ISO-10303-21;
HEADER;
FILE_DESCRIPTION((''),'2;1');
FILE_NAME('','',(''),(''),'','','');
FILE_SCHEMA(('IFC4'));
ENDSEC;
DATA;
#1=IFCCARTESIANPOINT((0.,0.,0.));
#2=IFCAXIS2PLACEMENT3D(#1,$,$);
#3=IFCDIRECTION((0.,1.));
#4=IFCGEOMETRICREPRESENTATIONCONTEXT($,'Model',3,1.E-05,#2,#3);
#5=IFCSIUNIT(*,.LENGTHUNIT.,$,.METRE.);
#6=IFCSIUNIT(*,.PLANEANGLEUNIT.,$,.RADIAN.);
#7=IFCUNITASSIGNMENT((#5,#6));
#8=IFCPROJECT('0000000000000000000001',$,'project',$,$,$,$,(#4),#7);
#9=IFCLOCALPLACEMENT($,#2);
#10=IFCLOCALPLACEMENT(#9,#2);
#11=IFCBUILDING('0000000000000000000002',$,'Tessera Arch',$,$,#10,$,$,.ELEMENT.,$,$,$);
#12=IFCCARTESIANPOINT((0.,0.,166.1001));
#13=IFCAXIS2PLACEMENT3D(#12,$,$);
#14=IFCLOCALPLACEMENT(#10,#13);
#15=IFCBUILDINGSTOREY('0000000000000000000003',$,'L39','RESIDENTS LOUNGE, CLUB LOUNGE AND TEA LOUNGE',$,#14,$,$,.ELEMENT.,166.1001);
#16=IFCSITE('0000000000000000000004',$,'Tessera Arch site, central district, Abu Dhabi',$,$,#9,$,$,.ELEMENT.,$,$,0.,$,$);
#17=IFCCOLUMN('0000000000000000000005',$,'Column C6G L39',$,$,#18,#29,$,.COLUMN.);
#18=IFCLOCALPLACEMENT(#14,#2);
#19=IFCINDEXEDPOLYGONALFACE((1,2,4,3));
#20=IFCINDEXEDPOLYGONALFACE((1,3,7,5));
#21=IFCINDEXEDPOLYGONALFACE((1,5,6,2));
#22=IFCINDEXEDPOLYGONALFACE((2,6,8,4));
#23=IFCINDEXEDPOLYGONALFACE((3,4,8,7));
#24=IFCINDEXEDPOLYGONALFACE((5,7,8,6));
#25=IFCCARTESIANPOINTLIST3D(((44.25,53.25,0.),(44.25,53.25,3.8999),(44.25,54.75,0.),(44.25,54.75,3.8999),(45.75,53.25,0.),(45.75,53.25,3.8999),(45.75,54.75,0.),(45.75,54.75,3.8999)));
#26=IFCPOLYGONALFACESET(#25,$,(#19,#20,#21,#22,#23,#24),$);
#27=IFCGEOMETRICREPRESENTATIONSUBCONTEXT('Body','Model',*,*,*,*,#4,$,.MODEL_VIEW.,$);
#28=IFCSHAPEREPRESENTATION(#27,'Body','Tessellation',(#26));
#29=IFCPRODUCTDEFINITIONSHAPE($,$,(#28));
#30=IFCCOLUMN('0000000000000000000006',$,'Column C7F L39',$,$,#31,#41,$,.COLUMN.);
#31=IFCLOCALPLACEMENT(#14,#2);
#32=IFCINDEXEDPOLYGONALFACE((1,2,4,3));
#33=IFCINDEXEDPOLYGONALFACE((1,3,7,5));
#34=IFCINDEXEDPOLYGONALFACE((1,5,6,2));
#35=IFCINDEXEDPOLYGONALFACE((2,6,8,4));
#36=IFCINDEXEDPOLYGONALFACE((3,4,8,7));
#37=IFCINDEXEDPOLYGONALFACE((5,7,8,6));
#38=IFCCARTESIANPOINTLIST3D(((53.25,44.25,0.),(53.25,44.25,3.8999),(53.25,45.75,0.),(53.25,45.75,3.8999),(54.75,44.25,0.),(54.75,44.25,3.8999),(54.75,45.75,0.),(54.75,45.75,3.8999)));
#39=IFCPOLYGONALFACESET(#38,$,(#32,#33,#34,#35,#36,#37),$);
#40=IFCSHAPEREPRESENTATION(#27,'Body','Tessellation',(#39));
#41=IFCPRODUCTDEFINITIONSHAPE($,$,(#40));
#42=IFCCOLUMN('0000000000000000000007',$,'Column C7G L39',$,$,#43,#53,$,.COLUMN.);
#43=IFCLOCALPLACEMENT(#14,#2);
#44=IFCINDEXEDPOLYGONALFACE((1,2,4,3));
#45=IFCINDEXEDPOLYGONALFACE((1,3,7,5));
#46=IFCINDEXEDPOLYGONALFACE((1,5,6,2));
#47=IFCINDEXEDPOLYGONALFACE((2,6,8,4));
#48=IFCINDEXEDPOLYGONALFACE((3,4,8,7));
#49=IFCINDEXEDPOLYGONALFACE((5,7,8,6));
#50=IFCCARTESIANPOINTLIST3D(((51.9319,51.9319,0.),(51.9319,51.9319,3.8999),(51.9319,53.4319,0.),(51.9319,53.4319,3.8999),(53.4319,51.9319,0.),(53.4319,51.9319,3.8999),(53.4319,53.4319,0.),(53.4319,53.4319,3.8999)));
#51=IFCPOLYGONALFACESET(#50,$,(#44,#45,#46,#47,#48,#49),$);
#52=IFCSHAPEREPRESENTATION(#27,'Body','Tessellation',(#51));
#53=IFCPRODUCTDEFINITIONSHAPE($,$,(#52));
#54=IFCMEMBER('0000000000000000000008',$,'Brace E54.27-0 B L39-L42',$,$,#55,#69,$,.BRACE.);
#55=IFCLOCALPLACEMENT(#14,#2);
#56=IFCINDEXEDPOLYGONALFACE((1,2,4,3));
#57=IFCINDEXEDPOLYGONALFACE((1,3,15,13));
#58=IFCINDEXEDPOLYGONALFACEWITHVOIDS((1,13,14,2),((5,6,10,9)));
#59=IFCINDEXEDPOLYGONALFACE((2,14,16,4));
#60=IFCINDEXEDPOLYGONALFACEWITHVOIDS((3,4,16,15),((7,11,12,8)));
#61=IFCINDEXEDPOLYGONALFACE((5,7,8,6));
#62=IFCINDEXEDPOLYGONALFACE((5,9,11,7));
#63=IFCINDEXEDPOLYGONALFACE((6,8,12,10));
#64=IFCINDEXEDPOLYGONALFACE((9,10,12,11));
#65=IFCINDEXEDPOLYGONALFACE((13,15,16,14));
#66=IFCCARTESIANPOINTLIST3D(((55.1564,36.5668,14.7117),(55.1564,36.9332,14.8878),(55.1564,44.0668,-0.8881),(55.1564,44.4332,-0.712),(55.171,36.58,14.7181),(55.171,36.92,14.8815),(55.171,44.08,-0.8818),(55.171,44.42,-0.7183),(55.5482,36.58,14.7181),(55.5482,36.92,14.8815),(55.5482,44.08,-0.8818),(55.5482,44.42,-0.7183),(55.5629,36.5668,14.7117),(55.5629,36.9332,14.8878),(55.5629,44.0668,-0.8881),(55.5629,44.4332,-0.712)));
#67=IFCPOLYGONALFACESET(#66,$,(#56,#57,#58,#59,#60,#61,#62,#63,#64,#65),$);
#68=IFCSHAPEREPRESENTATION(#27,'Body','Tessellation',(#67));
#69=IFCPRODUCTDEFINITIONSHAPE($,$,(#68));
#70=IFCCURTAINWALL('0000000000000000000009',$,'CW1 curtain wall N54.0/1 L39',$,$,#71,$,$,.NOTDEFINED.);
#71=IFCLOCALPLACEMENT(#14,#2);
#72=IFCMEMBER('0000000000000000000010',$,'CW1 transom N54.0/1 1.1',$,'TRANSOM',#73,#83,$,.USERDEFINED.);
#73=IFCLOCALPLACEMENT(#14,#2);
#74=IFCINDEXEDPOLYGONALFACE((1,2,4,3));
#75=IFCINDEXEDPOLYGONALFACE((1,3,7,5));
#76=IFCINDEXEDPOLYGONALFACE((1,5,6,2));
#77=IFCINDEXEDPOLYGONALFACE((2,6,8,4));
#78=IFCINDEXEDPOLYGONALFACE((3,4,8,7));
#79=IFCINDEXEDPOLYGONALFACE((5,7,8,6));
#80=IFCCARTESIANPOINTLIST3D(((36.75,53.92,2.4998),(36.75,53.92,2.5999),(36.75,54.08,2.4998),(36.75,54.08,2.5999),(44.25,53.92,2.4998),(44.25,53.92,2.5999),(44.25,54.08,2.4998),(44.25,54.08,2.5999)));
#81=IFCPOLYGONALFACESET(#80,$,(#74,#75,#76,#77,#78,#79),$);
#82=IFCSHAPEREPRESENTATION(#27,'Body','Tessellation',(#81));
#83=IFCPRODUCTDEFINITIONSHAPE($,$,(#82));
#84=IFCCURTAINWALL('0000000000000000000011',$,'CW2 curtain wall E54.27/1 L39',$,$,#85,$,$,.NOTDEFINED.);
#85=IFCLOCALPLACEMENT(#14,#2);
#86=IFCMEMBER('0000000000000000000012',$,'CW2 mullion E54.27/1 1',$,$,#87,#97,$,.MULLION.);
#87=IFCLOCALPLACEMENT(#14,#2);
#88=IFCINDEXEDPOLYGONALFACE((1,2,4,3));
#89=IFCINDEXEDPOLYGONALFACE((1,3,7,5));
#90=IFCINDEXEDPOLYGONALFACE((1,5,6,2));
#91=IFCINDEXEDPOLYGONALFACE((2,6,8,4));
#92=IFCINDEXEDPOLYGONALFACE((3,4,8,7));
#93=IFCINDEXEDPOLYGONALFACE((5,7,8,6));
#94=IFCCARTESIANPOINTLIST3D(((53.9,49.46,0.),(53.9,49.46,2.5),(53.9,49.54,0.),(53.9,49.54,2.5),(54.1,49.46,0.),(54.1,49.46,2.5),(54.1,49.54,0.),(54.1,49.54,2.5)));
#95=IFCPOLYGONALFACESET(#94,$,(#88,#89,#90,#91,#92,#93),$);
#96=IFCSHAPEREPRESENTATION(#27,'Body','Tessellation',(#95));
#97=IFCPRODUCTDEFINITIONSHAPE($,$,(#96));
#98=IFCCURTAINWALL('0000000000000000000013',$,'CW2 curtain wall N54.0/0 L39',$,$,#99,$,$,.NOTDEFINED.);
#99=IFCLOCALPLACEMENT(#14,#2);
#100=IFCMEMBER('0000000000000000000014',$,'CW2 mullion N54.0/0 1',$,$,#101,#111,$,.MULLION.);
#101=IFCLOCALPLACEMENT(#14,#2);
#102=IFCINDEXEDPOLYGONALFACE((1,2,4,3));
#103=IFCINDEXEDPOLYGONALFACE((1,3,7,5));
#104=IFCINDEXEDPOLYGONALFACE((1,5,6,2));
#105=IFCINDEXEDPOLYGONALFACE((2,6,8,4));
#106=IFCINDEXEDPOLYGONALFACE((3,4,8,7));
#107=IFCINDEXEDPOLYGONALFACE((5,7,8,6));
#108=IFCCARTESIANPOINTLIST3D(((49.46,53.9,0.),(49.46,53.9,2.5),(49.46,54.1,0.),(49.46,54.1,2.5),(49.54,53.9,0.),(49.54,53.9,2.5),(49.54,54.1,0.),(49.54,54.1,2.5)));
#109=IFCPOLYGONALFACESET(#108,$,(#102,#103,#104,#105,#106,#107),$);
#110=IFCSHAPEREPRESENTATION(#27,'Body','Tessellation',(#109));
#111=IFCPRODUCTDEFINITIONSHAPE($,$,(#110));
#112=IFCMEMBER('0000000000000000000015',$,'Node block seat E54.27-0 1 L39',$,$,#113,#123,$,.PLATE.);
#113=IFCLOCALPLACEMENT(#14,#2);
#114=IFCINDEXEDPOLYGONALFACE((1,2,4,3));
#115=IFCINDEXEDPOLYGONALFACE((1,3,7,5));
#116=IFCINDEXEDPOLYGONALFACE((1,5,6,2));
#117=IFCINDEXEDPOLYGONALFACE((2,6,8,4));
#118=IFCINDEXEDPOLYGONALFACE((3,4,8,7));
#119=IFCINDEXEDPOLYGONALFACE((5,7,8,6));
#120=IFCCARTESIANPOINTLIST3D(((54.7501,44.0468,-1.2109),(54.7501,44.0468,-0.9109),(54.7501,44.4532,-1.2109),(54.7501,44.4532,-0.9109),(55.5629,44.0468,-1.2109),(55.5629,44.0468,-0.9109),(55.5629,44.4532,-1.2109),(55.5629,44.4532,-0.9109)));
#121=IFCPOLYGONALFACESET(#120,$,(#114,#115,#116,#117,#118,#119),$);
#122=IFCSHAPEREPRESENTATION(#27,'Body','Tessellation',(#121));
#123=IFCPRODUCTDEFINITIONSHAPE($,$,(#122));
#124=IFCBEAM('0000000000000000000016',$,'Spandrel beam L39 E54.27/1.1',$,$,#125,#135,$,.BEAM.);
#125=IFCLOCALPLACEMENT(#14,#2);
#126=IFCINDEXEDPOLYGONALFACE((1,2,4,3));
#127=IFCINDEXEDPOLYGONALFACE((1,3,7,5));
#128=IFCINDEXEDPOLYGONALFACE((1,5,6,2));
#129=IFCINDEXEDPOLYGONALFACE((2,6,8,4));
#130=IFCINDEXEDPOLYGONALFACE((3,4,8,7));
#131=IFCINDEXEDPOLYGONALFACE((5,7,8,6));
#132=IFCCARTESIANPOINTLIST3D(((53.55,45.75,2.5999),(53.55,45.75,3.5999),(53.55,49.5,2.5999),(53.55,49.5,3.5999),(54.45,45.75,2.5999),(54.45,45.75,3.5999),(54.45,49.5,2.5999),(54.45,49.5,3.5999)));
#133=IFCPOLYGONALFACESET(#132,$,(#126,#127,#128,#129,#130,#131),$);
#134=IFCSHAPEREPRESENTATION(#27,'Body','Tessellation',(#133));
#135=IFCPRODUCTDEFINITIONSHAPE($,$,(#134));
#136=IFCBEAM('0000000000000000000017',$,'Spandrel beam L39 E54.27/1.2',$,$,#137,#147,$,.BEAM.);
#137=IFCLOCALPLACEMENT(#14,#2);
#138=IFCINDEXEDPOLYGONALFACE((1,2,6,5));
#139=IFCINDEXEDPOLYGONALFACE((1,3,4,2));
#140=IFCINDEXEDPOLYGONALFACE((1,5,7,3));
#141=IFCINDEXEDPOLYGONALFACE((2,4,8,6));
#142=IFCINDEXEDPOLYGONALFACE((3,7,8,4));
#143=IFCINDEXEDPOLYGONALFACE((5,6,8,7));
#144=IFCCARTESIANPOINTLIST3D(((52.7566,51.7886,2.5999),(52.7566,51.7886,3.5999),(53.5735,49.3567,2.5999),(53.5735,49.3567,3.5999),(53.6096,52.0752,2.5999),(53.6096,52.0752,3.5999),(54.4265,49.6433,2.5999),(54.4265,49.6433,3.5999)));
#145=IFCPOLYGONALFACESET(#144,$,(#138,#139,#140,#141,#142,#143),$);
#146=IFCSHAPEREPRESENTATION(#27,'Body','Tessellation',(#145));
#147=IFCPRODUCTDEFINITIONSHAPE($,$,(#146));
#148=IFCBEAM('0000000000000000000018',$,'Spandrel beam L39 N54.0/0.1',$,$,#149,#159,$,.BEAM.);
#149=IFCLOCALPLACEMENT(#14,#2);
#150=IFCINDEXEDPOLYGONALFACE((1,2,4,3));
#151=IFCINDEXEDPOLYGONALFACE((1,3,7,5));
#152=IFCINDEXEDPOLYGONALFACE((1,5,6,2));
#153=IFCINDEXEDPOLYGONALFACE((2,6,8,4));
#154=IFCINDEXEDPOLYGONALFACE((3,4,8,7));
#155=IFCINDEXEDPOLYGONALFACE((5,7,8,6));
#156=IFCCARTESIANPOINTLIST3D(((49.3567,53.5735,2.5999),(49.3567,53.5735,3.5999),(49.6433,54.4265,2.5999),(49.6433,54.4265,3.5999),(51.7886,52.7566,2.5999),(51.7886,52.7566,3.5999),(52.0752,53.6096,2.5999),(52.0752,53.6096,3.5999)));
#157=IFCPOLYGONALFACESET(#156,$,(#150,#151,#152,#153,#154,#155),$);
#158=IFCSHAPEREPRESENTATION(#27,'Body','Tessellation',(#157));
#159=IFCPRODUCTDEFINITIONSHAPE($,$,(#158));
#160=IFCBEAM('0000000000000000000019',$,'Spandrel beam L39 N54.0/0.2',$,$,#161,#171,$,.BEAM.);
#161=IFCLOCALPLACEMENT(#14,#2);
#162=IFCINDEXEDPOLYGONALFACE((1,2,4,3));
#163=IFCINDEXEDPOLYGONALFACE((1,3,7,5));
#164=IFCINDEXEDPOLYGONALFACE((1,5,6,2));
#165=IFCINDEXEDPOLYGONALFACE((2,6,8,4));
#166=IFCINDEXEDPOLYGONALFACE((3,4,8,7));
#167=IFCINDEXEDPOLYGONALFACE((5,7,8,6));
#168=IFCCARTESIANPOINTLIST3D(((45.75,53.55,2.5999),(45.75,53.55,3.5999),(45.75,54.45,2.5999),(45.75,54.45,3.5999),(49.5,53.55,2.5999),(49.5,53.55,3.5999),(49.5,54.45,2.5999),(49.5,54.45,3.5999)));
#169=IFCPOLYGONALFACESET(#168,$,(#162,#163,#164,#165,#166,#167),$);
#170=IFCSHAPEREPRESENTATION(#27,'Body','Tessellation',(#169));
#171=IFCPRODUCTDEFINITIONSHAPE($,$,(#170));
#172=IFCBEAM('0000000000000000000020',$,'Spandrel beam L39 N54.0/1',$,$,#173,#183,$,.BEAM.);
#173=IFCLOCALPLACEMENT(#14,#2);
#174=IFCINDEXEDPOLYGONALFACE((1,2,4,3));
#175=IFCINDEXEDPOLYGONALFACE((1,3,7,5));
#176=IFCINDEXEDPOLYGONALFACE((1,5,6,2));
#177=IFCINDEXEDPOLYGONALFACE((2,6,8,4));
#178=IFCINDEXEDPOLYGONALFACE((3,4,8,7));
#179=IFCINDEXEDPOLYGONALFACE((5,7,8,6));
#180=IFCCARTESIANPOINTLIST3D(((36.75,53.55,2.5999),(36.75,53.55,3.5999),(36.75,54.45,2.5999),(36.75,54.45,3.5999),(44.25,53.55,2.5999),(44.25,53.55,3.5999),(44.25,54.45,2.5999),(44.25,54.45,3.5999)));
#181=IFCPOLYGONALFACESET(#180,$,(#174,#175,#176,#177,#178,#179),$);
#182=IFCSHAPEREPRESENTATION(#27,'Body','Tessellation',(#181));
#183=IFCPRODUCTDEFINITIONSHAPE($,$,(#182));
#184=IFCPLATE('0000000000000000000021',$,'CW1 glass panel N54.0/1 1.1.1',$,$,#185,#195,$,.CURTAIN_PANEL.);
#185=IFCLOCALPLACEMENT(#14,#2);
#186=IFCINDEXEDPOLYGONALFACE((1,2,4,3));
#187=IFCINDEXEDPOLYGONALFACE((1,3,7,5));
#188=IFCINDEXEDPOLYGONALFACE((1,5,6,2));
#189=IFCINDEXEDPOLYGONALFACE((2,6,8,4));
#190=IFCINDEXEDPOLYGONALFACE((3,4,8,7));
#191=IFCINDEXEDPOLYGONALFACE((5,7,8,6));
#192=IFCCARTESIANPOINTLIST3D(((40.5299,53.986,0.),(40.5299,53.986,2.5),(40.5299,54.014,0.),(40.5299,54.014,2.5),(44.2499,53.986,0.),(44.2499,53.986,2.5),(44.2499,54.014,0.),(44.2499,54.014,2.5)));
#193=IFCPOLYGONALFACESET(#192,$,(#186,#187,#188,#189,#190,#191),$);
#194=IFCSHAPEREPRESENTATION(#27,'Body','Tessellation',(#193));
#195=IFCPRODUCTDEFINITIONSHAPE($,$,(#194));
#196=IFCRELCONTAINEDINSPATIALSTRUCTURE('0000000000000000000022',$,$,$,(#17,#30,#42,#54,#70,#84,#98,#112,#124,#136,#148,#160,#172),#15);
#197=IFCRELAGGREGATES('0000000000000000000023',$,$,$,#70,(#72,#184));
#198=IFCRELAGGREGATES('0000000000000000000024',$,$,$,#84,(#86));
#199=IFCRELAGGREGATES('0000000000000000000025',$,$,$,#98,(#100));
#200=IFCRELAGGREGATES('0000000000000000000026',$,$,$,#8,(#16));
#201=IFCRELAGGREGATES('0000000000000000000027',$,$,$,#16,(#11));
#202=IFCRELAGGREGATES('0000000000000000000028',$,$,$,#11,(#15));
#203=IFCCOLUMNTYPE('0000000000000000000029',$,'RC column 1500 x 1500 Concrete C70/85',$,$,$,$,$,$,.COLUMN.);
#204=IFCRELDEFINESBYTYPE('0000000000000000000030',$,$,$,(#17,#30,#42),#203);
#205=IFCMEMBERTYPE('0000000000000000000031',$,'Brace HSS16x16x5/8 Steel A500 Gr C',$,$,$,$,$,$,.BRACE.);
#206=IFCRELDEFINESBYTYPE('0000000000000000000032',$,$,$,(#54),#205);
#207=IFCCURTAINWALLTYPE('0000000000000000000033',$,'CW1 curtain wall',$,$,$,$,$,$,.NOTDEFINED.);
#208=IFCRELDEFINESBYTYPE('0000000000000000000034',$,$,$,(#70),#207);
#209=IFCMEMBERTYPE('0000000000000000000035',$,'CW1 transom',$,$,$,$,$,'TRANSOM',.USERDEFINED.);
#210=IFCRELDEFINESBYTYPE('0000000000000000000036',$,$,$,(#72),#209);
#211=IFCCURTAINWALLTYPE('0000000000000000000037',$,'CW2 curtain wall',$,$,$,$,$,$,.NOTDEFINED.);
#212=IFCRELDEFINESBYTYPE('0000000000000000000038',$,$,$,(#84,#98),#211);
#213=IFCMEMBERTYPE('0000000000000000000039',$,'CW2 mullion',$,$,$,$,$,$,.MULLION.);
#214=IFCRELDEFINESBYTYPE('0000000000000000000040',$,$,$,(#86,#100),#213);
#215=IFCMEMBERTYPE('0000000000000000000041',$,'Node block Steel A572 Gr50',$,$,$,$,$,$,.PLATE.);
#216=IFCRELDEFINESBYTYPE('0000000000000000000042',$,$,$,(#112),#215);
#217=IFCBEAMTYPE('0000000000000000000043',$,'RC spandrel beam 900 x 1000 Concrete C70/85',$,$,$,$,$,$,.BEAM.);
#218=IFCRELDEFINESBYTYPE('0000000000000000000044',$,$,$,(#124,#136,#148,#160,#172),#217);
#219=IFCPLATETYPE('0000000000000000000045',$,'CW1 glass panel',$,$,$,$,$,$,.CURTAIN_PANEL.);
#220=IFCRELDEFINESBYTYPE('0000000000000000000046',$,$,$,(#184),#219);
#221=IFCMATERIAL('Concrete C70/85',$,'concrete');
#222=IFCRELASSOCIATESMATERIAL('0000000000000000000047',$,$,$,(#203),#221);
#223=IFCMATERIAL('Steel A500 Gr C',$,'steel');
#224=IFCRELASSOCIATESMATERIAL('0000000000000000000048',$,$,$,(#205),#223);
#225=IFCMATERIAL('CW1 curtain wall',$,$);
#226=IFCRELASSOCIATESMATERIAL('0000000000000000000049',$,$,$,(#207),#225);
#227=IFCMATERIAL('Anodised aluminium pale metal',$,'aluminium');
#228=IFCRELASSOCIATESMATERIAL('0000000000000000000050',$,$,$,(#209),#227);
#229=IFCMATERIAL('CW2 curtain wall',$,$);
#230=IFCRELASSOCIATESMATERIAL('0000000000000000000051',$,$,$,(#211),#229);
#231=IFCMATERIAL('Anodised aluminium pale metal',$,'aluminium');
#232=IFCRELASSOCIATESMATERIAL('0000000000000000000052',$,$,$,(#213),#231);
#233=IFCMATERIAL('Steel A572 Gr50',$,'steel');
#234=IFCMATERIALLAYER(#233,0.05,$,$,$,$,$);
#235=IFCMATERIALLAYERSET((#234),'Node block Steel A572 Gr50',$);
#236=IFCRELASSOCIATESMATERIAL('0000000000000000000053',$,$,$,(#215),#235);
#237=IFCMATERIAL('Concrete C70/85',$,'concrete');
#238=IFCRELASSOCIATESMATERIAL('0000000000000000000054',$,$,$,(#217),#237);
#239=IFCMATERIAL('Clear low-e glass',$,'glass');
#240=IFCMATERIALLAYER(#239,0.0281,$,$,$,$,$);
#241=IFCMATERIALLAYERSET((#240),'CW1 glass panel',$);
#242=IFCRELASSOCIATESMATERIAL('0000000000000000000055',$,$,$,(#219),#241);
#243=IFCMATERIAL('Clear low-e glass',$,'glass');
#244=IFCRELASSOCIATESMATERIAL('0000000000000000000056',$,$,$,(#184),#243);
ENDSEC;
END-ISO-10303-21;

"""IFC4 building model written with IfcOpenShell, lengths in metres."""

from ifc_helpers import new_model, si_unit, direction, frame, origin, origin_2d, place, context, subcontext, project, spatial, rectangle, hollow_rectangle, extrude, material, layer, layer_set, material_profile, profile_set, type_object, element, aggregate, save


model = new_model("IFC4")

# Units and contexts
model_context = context("Model", 3, precision=1e-05, world=origin(), true_north=direction((0.0, 1.0)))
body_context = subcontext(model_context, "Body", "Model", "MODEL_VIEW")
ifc_project = project(units=[si_unit("LENGTHUNIT", "METRE"), si_unit("PLANEANGLEUNIT", "RADIAN")], contexts=[model_context])

# Site, building, storey
site_placement = place(None, origin())
site = spatial("IfcSite", under=ifc_project, at=site_placement, Name="Tessera Arch site, central district, Abu Dhabi", CompositionType="ELEMENT", RefElevation=0.0)
building_placement = place(site_placement, origin())
building = spatial("IfcBuilding", under=site, at=building_placement, Name="Tessera Arch", CompositionType="ELEMENT")
storey_placement = place(building_placement, frame((0.0, 0.0, 166.1001)))
storey = spatial("IfcBuildingStorey", under=building, at=storey_placement, Name="L39", Description="RESIDENTS LOUNGE, CLUB LOUNGE AND TEA LOUNGE", CompositionType="ELEMENT", Elevation=166.1001)

# Columns
ifc_material_1 = material(Name="Concrete C70/85", Category="concrete")
ifc_material_profile_1 = material_profile(ifc_material_1, rectangle(XDim=1.5, YDim=1.5, at=origin_2d()), Name="RC column 1500 x 1500 Concrete C70/85")
ifc_profile_set_1 = profile_set([ifc_material_profile_1], Name="Concrete C70/85")
column_type = type_object("IfcColumnType", Name="RC column 1500 x 1500 Concrete C70/85", PredefinedType="COLUMN", material=ifc_profile_set_1)
for number, where, z_axis, x_axis, name in (
    (1, (45.0, 54.0, 0.0), (0.0, 0.0, 1.0), (1.0, 0.0, 0.0), "Column C6G L39"),
    (2, (54.0, 45.0, 0.0), (0.0, 0.0, 1.0), (1.0, 0.0, 0.0), "Column C7F L39"),
    (3, (52.6819, 52.6819, 0.0), (0.0, 0.0, 1.0), (1.0, 0.0, 0.0), "Column C7G L39"),
):
    element("IfcColumn", number, at=place(storey_placement, frame(where, z_axis=z_axis, x_axis=x_axis)), inside=storey, type_object=column_type, Name=name, PredefinedType="COLUMN", context=body_context, shape_type="SweptSolid", body=[
        extrude(rectangle(XDim=1.5, YDim=1.5, at=origin_2d()), origin(), (0.0, 0.0, 1.0), 3.8999),
    ])

# Member
ifc_material_2 = material(Name="Steel A500 Gr C", Category="steel")
ifc_material_profile_2 = material_profile(ifc_material_2, hollow_rectangle(XDim=0.4065, YDim=0.4065, WallThickness=0.0146, at=origin_2d()), Name="HSS16x16x5/8")
ifc_profile_set_2 = profile_set([ifc_material_profile_2], Name="Steel A500 Gr C")
member_type_1 = type_object("IfcMemberType", Name="Brace HSS16x16x5/8 Steel A500 Gr C", PredefinedType="BRACE", material=ifc_profile_set_2)
member_1_placement = place(storey_placement, frame((55.3596, 44.25, -0.8), z_axis=(0.0, -0.433298, 0.901251), x_axis=(1.0, 0.0, 0.0)))
element("IfcMember", 4, at=member_1_placement, inside=storey, type_object=member_type_1, Name="Brace E54.27-0 B L39-L42", PredefinedType="BRACE", context=body_context, shape_type="SweptSolid", body=[
    extrude(hollow_rectangle(XDim=0.4065, YDim=0.4065, WallThickness=0.0146, at=origin_2d()), origin(), (0.0, 0.0, 1.0), 17.3091),
])

# Curtain walls, members
ifc_material_3 = material(Name="CW1 curtain wall")
curtain_wall_type_1 = type_object("IfcCurtainWallType", Name="CW1 curtain wall", PredefinedType="NOTDEFINED", material=ifc_material_3)
curtain_wall_1_placement = place(storey_placement, origin())
curtain_wall_1 = element("IfcCurtainWall", 5, at=curtain_wall_1_placement, inside=storey, type_object=curtain_wall_type_1, Name="CW1 curtain wall N54.0/1 L39", PredefinedType="NOTDEFINED")
ifc_material_4 = material(Name="Anodised aluminium pale metal", Category="aluminium")
ifc_material_profile_3 = material_profile(ifc_material_4, rectangle(XDim=0.1599, YDim=0.1001, at=origin_2d()), Name="AL 160x100")
ifc_profile_set_3 = profile_set([ifc_material_profile_3], Name="Anodised aluminium pale metal")
member_type_2 = type_object("IfcMemberType", Name="CW1 transom", ElementType="TRANSOM", PredefinedType="USERDEFINED", material=ifc_profile_set_3)
member_2_placement = place(storey_placement, frame((44.25, 54.0, 2.5498), z_axis=(-1.0, 0.0, 0.0), x_axis=(0.0, -1.0, 0.0)))
member_2 = element("IfcMember", 6, at=member_2_placement, type_object=member_type_2, Name="CW1 transom N54.0/1 1.1", ObjectType="TRANSOM", PredefinedType="USERDEFINED", context=body_context, shape_type="SweptSolid", body=[
    extrude(rectangle(XDim=0.1599, YDim=0.1001, at=origin_2d()), origin(), (0.0, 0.0, 1.0), 7.5),
])
ifc_material_5 = material(Name="CW2 curtain wall")
curtain_wall_type_2 = type_object("IfcCurtainWallType", Name="CW2 curtain wall", PredefinedType="NOTDEFINED", material=ifc_material_5)
curtain_wall_2_placement = place(storey_placement, origin())
curtain_wall_2 = element("IfcCurtainWall", 7, at=curtain_wall_2_placement, inside=storey, type_object=curtain_wall_type_2, Name="CW2 curtain wall E54.27/1 L39", PredefinedType="NOTDEFINED")
ifc_material_6 = material(Name="Anodised aluminium pale metal", Category="aluminium")
ifc_material_profile_4 = material_profile(ifc_material_6, rectangle(XDim=0.2, YDim=0.0801, at=origin_2d()), Name="AL 80x200")
ifc_profile_set_4 = profile_set([ifc_material_profile_4], Name="Anodised aluminium pale metal")
member_type_3 = type_object("IfcMemberType", Name="CW2 mullion", PredefinedType="MULLION", material=ifc_profile_set_4)
member_3_placement = place(storey_placement, frame((54.0, 49.5, 0.0), z_axis=(0.0, 0.0, 1.0), x_axis=(-1.0, 0.0, 0.0)))
member_3 = element("IfcMember", 8, at=member_3_placement, type_object=member_type_3, Name="CW2 mullion E54.27/1 1", PredefinedType="MULLION", context=body_context, shape_type="SweptSolid", body=[
    extrude(rectangle(XDim=0.2, YDim=0.0801, at=origin_2d()), origin(), (0.0, 0.0, 1.0), 2.5),
])
curtain_wall_3_placement = place(storey_placement, origin())
curtain_wall_3 = element("IfcCurtainWall", 9, at=curtain_wall_3_placement, inside=storey, type_object=curtain_wall_type_2, Name="CW2 curtain wall N54.0/0 L39", PredefinedType="NOTDEFINED")
member_4_placement = place(storey_placement, frame((49.5, 54.0, 0.0), z_axis=(0.0, 0.0, 1.0), x_axis=(0.0, -1.0, 0.0)))
member_4 = element("IfcMember", 10, at=member_4_placement, type_object=member_type_3, Name="CW2 mullion N54.0/0 1", PredefinedType="MULLION", context=body_context, shape_type="SweptSolid", body=[
    extrude(rectangle(XDim=0.2, YDim=0.0801, at=origin_2d()), origin(), (0.0, 0.0, 1.0), 2.5),
])

# Member
ifc_material_7 = material(Name="Steel A572 Gr50", Category="steel")
ifc_layer_1 = layer(ifc_material_7, 0.05)
ifc_layer_set_1 = layer_set([ifc_layer_1], Name="Node block Steel A572 Gr50")
member_type_4 = type_object("IfcMemberType", Name="Node block Steel A572 Gr50", PredefinedType="PLATE", material=ifc_layer_set_1)
member_5_placement = place(storey_placement, frame((55.1565, 44.25, -1.2109), z_axis=(0.0, 0.0, 1.0), x_axis=(0.0, 1.0, 0.0)))
element("IfcMember", 11, at=member_5_placement, inside=storey, type_object=member_type_4, Name="Node block seat E54.27-0 1 L39", PredefinedType="PLATE", context=body_context, shape_type="SweptSolid", body=[
    extrude(rectangle(XDim=0.4065, YDim=0.8127, at=origin_2d()), origin(), (0.0, 0.0, 1.0), 0.3),
])

# Beams
ifc_material_8 = material(Name="Concrete C70/85", Category="concrete")
ifc_material_profile_5 = material_profile(ifc_material_8, rectangle(XDim=0.8999, YDim=1.0, at=origin_2d()), Name="RC spandrel beam 900 x 1000 Concrete C70/85")
ifc_profile_set_5 = profile_set([ifc_material_profile_5], Name="Concrete C70/85")
beam_type = type_object("IfcBeamType", Name="RC spandrel beam 900 x 1000 Concrete C70/85", PredefinedType="BEAM", material=ifc_profile_set_5)
beam_1_placement = place(storey_placement, frame((54.0, 45.75, 3.0999), z_axis=(0.0, 1.0, 0.0), x_axis=(-1.0, 0.0, 0.0)))
element("IfcBeam", 12, at=beam_1_placement, inside=storey, type_object=beam_type, Name="Spandrel beam L39 E54.27/1.1", PredefinedType="BEAM", context=body_context, shape_type="SweptSolid", body=[
    extrude(rectangle(XDim=0.8999, YDim=1.0, at=origin_2d()), origin(), (0.0, 0.0, 1.0), 3.75),
])
for number, where, z_axis, x_axis, name in (
    (13, (54.0, 49.5, 3.0999), (-0.318425, 0.947948, 0.0), (-0.947948, -0.318425, 0.0), "Spandrel beam L39 E54.27/1.2"),
    (14, (51.9319, 53.1831, 3.0999), (-0.947948, 0.318425, 0.0), (-0.318425, -0.947948, 0.0), "Spandrel beam L39 N54.0/0.1"),
):
    element("IfcBeam", number, at=place(storey_placement, frame(where, z_axis=z_axis, x_axis=x_axis)), inside=storey, type_object=beam_type, Name=name, PredefinedType="BEAM", context=body_context, shape_type="SweptSolid", body=[
        extrude(rectangle(XDim=0.8999, YDim=1.0, at=origin_2d()), origin(), (0.0, 0.0, 1.0), 2.5654),
    ])
beam_2_placement = place(storey_placement, frame((49.5, 54.0, 3.0999), z_axis=(-1.0, 0.0, 0.0), x_axis=(0.0, -1.0, 0.0)))
element("IfcBeam", 15, at=beam_2_placement, inside=storey, type_object=beam_type, Name="Spandrel beam L39 N54.0/0.2", PredefinedType="BEAM", context=body_context, shape_type="SweptSolid", body=[
    extrude(rectangle(XDim=0.8999, YDim=1.0, at=origin_2d()), origin(), (0.0, 0.0, 1.0), 3.75),
])
beam_3_placement = place(storey_placement, frame((44.25, 54.0, 3.0999), z_axis=(-1.0, 0.0, 0.0), x_axis=(0.0, -1.0, 0.0)))
element("IfcBeam", 16, at=beam_3_placement, inside=storey, type_object=beam_type, Name="Spandrel beam L39 N54.0/1", PredefinedType="BEAM", context=body_context, shape_type="SweptSolid", body=[
    extrude(rectangle(XDim=0.8999, YDim=1.0, at=origin_2d()), origin(), (0.0, 0.0, 1.0), 7.5),
])

# Plate
ifc_material_9 = material(Name="Clear low-e glass", Category="glass")
ifc_material_10 = material(Name="Clear low-e glass", Category="glass")
ifc_layer_2 = layer(ifc_material_10, 0.0281)
ifc_layer_set_2 = layer_set([ifc_layer_2], Name="CW1 glass panel")
plate_type_1 = type_object("IfcPlateType", Name="CW1 glass panel", PredefinedType="CURTAIN_PANEL", material=ifc_layer_set_2)
plate_1_placement = place(storey_placement, frame((42.3899, 54.0, 0.0), z_axis=(0.0, 0.0, 1.0), x_axis=(-1.0, 0.0, 0.0)))
plate_1 = element("IfcPlate", 17, at=plate_1_placement, type_object=plate_type_1, material=ifc_material_9, Name="CW1 glass panel N54.0/1 1.1.1", PredefinedType="CURTAIN_PANEL", context=body_context, shape_type="SweptSolid", body=[
    extrude(rectangle(XDim=3.72, YDim=0.0281, at=origin_2d()), origin(), (0.0, 0.0, 1.0), 2.5),
])
aggregate(curtain_wall_1, [member_2, plate_1])
aggregate(curtain_wall_2, [member_3])
aggregate(curtain_wall_3, [member_4])

save(model, "model.ifc")
